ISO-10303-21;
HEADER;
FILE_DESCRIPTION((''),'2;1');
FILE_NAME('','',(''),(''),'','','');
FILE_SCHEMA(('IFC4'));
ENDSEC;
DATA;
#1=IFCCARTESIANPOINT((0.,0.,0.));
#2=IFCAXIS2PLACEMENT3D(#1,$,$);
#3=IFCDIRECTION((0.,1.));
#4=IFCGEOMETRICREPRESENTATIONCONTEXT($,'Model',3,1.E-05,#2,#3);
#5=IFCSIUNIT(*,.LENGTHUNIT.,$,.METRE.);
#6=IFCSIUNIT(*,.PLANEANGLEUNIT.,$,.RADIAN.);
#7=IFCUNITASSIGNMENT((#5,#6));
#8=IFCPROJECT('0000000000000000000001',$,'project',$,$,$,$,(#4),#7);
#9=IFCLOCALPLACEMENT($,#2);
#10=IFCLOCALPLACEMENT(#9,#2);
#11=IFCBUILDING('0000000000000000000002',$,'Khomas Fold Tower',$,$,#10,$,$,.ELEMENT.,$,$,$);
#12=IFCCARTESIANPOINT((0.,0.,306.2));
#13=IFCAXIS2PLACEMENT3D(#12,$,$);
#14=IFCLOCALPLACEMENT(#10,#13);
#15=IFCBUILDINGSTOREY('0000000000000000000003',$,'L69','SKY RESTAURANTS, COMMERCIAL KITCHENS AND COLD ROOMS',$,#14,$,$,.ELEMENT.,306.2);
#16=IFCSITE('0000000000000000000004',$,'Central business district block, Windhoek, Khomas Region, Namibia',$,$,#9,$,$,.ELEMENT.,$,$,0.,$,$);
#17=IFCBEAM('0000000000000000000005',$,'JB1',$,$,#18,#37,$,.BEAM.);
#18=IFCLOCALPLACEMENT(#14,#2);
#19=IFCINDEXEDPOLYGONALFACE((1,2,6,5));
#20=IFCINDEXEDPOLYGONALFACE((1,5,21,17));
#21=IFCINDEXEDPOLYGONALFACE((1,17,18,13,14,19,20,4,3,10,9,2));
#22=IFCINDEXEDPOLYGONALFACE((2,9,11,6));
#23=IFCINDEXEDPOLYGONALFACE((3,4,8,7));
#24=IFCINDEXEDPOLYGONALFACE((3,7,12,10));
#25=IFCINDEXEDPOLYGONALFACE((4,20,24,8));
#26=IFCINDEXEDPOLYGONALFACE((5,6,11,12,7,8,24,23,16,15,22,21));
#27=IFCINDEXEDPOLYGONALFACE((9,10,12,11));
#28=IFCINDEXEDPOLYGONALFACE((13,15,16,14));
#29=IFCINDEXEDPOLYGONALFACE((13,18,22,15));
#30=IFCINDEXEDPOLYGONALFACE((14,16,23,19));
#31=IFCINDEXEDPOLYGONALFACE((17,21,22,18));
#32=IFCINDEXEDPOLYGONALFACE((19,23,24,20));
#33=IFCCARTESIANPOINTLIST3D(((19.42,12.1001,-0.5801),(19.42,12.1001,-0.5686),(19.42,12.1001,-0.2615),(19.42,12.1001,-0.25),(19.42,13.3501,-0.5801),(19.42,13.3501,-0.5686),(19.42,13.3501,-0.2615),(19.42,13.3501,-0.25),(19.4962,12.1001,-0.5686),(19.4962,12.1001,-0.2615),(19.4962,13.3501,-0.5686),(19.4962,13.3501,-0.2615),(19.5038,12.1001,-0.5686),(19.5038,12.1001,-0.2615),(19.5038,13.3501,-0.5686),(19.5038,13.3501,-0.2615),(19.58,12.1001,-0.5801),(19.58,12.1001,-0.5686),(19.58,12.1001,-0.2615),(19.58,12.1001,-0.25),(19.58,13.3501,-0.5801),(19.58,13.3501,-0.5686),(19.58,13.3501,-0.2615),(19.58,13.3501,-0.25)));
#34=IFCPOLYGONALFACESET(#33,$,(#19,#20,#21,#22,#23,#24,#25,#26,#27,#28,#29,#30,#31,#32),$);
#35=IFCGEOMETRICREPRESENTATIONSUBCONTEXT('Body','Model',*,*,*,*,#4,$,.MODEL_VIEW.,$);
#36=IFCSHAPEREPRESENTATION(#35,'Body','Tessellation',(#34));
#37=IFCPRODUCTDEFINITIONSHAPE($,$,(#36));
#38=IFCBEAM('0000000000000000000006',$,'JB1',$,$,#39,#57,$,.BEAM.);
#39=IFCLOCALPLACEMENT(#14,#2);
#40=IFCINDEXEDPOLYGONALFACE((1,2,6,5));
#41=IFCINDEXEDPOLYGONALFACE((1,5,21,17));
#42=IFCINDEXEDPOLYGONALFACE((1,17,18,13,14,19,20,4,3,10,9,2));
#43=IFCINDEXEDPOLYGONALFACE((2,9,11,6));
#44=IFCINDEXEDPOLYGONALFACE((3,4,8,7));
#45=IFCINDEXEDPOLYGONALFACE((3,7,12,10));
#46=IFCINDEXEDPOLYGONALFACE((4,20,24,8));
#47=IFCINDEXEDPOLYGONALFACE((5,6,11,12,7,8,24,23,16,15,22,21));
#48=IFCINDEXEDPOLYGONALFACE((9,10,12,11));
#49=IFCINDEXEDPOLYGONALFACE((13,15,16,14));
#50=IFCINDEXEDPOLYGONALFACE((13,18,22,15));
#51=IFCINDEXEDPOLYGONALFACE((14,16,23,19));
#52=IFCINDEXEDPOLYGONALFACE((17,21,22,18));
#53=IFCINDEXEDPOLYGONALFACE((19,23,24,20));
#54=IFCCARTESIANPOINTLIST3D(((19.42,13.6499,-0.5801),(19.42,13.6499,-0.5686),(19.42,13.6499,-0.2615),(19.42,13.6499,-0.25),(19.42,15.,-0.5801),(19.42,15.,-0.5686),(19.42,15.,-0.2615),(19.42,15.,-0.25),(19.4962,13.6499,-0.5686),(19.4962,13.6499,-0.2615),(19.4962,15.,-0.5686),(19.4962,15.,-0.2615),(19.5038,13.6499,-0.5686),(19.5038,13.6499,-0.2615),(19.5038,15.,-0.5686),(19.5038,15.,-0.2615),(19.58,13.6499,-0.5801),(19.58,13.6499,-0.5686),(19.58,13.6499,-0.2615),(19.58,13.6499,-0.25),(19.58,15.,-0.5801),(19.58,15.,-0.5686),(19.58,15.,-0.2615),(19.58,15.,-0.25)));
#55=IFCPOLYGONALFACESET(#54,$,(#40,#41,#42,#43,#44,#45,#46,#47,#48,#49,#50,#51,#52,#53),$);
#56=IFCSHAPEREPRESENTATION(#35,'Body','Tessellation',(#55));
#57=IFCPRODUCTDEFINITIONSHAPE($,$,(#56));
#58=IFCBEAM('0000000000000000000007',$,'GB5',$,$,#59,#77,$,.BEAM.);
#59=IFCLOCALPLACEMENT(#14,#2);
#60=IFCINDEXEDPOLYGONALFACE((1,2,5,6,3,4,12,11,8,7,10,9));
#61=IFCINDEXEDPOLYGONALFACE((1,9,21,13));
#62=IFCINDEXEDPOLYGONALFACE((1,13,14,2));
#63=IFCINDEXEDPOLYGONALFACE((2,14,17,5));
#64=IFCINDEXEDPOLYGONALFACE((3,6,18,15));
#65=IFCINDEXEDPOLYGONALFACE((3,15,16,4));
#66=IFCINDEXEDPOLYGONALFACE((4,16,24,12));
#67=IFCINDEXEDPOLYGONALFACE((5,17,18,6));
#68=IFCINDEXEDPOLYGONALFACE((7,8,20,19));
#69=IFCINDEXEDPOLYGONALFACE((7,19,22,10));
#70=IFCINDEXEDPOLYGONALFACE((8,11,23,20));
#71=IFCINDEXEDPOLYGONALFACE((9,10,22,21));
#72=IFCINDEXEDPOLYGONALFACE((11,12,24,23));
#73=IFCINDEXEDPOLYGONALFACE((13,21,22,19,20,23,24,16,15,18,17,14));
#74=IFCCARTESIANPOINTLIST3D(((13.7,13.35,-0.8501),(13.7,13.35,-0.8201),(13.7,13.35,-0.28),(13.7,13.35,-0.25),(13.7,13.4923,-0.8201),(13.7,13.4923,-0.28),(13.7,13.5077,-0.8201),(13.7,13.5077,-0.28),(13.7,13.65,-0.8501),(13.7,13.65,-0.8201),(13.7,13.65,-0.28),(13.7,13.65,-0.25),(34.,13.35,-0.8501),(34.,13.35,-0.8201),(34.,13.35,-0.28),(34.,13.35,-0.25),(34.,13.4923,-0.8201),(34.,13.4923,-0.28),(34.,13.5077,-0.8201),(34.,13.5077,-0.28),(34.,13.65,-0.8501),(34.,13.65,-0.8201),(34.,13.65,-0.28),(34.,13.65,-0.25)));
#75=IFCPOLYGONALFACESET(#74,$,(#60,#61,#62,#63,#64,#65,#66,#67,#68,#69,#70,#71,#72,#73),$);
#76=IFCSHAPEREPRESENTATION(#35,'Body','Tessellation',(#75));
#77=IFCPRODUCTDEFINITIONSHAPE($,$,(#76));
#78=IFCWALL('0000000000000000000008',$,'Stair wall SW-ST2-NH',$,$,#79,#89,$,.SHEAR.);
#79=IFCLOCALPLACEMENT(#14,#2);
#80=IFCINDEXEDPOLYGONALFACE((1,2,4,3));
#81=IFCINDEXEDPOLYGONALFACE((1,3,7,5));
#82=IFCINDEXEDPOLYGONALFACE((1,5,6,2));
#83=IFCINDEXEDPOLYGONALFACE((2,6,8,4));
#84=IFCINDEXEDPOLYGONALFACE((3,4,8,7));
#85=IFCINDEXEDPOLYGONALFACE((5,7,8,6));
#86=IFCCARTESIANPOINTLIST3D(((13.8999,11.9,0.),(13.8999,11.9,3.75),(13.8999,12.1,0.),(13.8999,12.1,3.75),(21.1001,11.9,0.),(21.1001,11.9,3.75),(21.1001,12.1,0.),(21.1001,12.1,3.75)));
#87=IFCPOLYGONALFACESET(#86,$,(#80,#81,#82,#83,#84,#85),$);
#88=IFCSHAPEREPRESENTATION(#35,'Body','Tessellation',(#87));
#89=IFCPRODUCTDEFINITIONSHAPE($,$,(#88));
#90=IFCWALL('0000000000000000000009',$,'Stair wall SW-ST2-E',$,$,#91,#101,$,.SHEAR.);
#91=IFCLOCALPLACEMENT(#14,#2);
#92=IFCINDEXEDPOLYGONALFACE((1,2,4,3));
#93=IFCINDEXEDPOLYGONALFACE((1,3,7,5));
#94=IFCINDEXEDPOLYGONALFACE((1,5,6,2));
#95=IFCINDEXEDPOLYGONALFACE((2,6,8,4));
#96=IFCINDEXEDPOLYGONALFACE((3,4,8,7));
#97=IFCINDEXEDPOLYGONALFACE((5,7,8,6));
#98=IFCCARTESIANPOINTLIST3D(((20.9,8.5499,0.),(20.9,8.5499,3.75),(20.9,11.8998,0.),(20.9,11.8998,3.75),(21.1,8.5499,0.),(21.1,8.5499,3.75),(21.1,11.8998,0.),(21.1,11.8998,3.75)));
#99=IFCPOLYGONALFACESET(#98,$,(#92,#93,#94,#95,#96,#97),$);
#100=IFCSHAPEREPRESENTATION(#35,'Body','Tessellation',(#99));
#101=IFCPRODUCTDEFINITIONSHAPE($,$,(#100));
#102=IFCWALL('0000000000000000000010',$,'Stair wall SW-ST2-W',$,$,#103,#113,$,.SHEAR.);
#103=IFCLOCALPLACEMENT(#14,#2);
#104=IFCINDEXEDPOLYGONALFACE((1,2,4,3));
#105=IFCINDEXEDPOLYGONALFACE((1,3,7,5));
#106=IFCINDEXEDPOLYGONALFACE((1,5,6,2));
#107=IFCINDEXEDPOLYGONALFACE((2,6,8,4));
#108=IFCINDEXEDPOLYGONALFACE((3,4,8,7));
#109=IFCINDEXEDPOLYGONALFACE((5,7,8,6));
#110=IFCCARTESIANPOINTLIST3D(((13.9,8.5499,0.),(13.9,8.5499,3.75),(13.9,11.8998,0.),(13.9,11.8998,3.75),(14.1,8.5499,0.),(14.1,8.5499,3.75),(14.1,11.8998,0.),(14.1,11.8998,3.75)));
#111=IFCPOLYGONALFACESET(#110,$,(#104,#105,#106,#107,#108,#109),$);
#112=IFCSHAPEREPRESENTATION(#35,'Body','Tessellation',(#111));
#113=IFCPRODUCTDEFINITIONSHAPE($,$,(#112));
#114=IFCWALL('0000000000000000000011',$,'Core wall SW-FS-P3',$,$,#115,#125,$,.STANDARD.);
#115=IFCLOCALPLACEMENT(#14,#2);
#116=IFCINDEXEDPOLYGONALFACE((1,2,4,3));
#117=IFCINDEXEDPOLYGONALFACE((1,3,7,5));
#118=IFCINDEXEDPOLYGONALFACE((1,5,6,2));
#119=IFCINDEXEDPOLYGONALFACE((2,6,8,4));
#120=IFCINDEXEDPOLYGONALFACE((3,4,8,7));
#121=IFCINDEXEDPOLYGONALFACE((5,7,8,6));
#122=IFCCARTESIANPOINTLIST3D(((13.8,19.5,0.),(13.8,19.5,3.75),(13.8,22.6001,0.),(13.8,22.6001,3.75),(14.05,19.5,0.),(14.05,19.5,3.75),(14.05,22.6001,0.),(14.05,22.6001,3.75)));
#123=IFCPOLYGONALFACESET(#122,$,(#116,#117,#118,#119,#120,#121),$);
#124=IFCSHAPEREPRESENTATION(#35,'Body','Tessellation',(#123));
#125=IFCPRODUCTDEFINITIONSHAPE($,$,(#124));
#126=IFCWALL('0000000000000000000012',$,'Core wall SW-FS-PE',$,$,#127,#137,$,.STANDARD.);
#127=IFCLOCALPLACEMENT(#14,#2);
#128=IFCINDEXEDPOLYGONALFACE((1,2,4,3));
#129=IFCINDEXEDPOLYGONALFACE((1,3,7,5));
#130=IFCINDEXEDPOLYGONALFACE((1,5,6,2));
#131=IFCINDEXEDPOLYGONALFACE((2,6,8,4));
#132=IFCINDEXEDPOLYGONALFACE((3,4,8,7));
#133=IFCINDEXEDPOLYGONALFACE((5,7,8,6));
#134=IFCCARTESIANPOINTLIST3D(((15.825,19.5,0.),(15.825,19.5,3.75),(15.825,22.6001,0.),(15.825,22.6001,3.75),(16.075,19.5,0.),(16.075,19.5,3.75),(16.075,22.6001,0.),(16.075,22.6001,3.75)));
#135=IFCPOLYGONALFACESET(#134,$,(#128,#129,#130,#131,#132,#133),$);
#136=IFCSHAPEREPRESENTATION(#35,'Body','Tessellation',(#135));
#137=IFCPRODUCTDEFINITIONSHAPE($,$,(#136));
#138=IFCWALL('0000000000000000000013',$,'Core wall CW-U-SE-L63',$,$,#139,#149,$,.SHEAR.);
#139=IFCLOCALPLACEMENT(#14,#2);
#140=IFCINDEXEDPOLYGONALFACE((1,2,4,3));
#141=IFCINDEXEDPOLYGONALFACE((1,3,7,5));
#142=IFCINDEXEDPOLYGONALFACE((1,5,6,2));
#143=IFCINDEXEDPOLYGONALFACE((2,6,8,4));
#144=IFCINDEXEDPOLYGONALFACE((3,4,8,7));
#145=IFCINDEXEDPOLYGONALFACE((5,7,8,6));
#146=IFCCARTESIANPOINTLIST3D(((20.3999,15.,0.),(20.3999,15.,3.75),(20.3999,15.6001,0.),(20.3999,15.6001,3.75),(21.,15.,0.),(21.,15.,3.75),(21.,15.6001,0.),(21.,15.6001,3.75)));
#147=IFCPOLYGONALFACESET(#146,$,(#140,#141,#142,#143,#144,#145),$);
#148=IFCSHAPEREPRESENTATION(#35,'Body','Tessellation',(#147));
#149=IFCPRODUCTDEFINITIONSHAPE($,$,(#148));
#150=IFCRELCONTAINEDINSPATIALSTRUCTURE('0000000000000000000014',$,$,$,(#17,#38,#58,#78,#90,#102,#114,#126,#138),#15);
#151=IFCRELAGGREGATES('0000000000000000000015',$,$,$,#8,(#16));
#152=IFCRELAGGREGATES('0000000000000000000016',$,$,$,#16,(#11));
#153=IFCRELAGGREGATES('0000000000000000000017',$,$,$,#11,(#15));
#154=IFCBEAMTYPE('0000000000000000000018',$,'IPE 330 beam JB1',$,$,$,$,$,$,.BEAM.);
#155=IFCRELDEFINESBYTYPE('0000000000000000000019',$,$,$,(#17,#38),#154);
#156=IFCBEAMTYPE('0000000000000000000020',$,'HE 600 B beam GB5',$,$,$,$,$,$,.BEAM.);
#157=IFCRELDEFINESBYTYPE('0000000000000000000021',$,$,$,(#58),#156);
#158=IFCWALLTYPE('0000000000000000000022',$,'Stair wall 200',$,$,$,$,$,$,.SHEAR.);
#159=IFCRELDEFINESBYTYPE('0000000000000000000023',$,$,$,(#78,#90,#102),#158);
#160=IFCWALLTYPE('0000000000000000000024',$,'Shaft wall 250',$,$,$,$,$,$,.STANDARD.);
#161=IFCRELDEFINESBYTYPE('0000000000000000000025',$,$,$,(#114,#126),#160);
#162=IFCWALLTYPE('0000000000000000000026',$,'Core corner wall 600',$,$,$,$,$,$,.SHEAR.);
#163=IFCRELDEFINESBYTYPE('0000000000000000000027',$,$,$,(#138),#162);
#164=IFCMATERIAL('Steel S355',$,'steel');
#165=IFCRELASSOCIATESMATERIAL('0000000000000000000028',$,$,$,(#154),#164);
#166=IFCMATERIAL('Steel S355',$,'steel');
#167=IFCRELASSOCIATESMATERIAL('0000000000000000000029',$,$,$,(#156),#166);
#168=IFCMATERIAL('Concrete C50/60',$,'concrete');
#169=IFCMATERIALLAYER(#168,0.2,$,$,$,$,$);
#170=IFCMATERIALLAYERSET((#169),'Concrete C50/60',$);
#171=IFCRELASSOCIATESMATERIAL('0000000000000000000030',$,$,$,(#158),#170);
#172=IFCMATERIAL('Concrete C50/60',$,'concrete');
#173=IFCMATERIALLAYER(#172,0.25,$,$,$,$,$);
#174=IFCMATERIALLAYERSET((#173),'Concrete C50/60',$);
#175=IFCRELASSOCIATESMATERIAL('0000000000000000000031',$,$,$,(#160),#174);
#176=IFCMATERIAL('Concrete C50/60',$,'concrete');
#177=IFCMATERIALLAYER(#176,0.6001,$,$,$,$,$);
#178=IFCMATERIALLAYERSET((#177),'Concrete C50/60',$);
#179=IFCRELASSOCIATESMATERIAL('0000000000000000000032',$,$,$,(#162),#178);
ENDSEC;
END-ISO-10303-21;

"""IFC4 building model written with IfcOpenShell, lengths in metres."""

from ifc_helpers import new_model, si_unit, direction, frame, frame_2d, origin, origin_2d, place, context, subcontext, project, spatial, rectangle, i_section, extrude, source, transform, mapped, material, layer, layer_set, material_profile, profile_set, type_object, element, save


model = new_model("IFC4")

# Units and contexts
model_context = context("Model", 3, precision=1e-05, world=origin(), true_north=direction((0.0, 1.0)))
body_context = subcontext(model_context, "Body", "Model", "MODEL_VIEW")
ifc_project = project(units=[si_unit("LENGTHUNIT", "METRE"), si_unit("PLANEANGLEUNIT", "RADIAN")], contexts=[model_context])

# Site, building, storey
site_placement = place(None, origin())
site = spatial("IfcSite", under=ifc_project, at=site_placement, Name="Central business district block, Windhoek, Khomas Region, Namibia", CompositionType="ELEMENT", RefElevation=0.0)
building_placement = place(site_placement, origin())
building = spatial("IfcBuilding", under=site, at=building_placement, Name="Khomas Fold Tower", CompositionType="ELEMENT")
storey_placement = place(building_placement, frame((0.0, 0.0, 306.2)))
storey = spatial("IfcBuildingStorey", under=building, at=storey_placement, Name="L69", Description="SKY RESTAURANTS, COMMERCIAL KITCHENS AND COLD ROOMS", CompositionType="ELEMENT", Elevation=306.2)

# Beams
ifc_material_1 = material(Name="Steel S355", Category="steel")
ifc_material_profile_1 = material_profile(ifc_material_1, i_section(OverallWidth=0.1599, OverallDepth=0.3301, WebThickness=0.0076, FlangeThickness=0.0115, at=origin_2d()), Name="IPE 330")
ifc_profile_set_1 = profile_set([ifc_material_profile_1], Name="Steel S355")
beam_type_1 = type_object("IfcBeamType", Name="IPE 330 beam JB1", PredefinedType="BEAM", material=ifc_profile_set_1)
shared_shape_1 = source(origin(), body_context, "Body", "SweptSolid", [
    extrude(i_section(OverallWidth=0.1599, OverallDepth=0.3301, WebThickness=0.0076, FlangeThickness=0.0115, at=origin_2d()), origin(), (0.0, 0.0, 1.0), 1.25),
])
beam_1_placement = place(storey_placement, frame((19.5, 12.1001, -0.415), z_axis=(0.0, 1.0, 0.0), x_axis=(-1.0, 0.0, 0.0)))
element("IfcBeam", 1, at=beam_1_placement, inside=storey, type_object=beam_type_1, Name="JB1", PredefinedType="BEAM", context=body_context, shape_type="MappedRepresentation", body=[
    mapped(shared_shape_1, transform((0.0, 0.0, 0.0))),
])
shared_shape_2 = source(origin(), body_context, "Body", "SweptSolid", [
    extrude(i_section(OverallWidth=0.1599, OverallDepth=0.3301, WebThickness=0.0076, FlangeThickness=0.0115, at=origin_2d()), origin(), (0.0, 0.0, 1.0), 1.3501),
])
beam_2_placement = place(storey_placement, frame((19.5, 13.6499, -0.415), z_axis=(0.0, 1.0, 0.0), x_axis=(-1.0, 0.0, 0.0)))
element("IfcBeam", 2, at=beam_2_placement, inside=storey, type_object=beam_type_1, Name="JB1", PredefinedType="BEAM", context=body_context, shape_type="MappedRepresentation", body=[
    mapped(shared_shape_2, transform((0.0, 0.0, 0.0))),
])
ifc_material_2 = material(Name="Steel S355", Category="steel")
ifc_material_profile_2 = material_profile(ifc_material_2, i_section(OverallWidth=0.3, OverallDepth=0.6001, WebThickness=0.0154, FlangeThickness=0.03, at=origin_2d()), Name="HE 600 B")
ifc_profile_set_2 = profile_set([ifc_material_profile_2], Name="Steel S355")
beam_type_2 = type_object("IfcBeamType", Name="HE 600 B beam GB5", PredefinedType="BEAM", material=ifc_profile_set_2)
shared_shape_3 = source(origin(), body_context, "Body", "SweptSolid", [
    extrude(i_section(OverallWidth=0.3, OverallDepth=0.6001, WebThickness=0.0154, FlangeThickness=0.03, at=origin_2d()), origin(), (0.0, 0.0, 1.0), 20.3),
])
beam_3_placement = place(storey_placement, frame((13.7, 13.5, -0.55), z_axis=(1.0, 0.0, 0.0), x_axis=(0.0, 1.0, 0.0)))
element("IfcBeam", 3, at=beam_3_placement, inside=storey, type_object=beam_type_2, Name="GB5", PredefinedType="BEAM", context=body_context, shape_type="MappedRepresentation", body=[
    mapped(shared_shape_3, transform((0.0, 0.0, 0.0))),
])

# Walls
ifc_material_3 = material(Name="Concrete C50/60", Category="concrete")
ifc_layer_1 = layer(ifc_material_3, 0.2)
ifc_layer_set_1 = layer_set([ifc_layer_1], Name="Concrete C50/60")
wall_type_1 = type_object("IfcWallType", Name="Stair wall 200", PredefinedType="SHEAR", material=ifc_layer_set_1)
shared_shape_4 = source(origin(), body_context, "Body", "SweptSolid", [
    extrude(rectangle(XDim=7.2002, YDim=0.2, at=frame_2d((3.6001, 0.0))), origin(), (0.0, 0.0, 1.0), 3.75),
])
wall_1_placement = place(storey_placement, frame((13.8999, 12.0, 0.0), z_axis=(0.0, 0.0, 1.0), x_axis=(1.0, 0.0, 0.0)))
element("IfcWall", 4, at=wall_1_placement, inside=storey, type_object=wall_type_1, Name="Stair wall SW-ST2-NH", PredefinedType="SHEAR", context=body_context, shape_type="MappedRepresentation", body=[
    mapped(shared_shape_4, transform((0.0, 0.0, 0.0))),
])
shared_shape_5 = source(origin(), body_context, "Body", "SweptSolid", [
    extrude(rectangle(XDim=3.3499, YDim=0.2, at=frame_2d((1.6748, 0.0))), origin(), (0.0, 0.0, 1.0), 3.75),
])
for number, where, z_axis, x_axis, name in (
    (5, (21.0, 8.55, 0.0), (0.0, 0.0, 1.0), (0.0, 1.0, 0.0), "Stair wall SW-ST2-E"),
    (6, (14.0, 8.55, 0.0), (0.0, 0.0, 1.0), (0.0, 1.0, 0.0), "Stair wall SW-ST2-W"),
):
    element("IfcWall", number, at=place(storey_placement, frame(where, z_axis=z_axis, x_axis=x_axis)), inside=storey, type_object=wall_type_1, Name=name, PredefinedType="SHEAR", context=body_context, shape_type="MappedRepresentation", body=[
        mapped(shared_shape_5, transform((0.0, 0.0, 0.0))),
    ])
ifc_material_4 = material(Name="Concrete C50/60", Category="concrete")
ifc_layer_2 = layer(ifc_material_4, 0.25)
ifc_layer_set_2 = layer_set([ifc_layer_2], Name="Concrete C50/60")
wall_type_2 = type_object("IfcWallType", Name="Shaft wall 250", PredefinedType="STANDARD", material=ifc_layer_set_2)
shared_shape_6 = source(origin(), body_context, "Body", "SweptSolid", [
    extrude(rectangle(XDim=3.1001, YDim=0.25, at=frame_2d((1.55, 0.0))), origin(), (0.0, 0.0, 1.0), 3.75),
])
for number, where, z_axis, x_axis, name in (
    (7, (13.925, 19.5, 0.0), (0.0, 0.0, 1.0), (0.0, 1.0, 0.0), "Core wall SW-FS-P3"),
    (8, (15.95, 19.5, 0.0), (0.0, 0.0, 1.0), (0.0, 1.0, 0.0), "Core wall SW-FS-PE"),
):
    element("IfcWall", number, at=place(storey_placement, frame(where, z_axis=z_axis, x_axis=x_axis)), inside=storey, type_object=wall_type_2, Name=name, PredefinedType="STANDARD", context=body_context, shape_type="MappedRepresentation", body=[
        mapped(shared_shape_6, transform((0.0, 0.0, 0.0))),
    ])
ifc_material_5 = material(Name="Concrete C50/60", Category="concrete")
ifc_layer_3 = layer(ifc_material_5, 0.6001)
ifc_layer_set_3 = layer_set([ifc_layer_3], Name="Concrete C50/60")
wall_type_3 = type_object("IfcWallType", Name="Core corner wall 600", PredefinedType="SHEAR", material=ifc_layer_set_3)
shared_shape_7 = source(origin(), body_context, "Body", "SweptSolid", [
    extrude(rectangle(XDim=0.6001, YDim=0.6001, at=frame_2d((0.3, 0.0))), origin(), (0.0, 0.0, 1.0), 3.75),
])
wall_2_placement = place(storey_placement, frame((20.3999, 15.3, 0.0), z_axis=(0.0, 0.0, 1.0), x_axis=(1.0, 0.0, 0.0)))
element("IfcWall", 9, at=wall_2_placement, inside=storey, type_object=wall_type_3, Name="Core wall CW-U-SE-L63", PredefinedType="SHEAR", context=body_context, shape_type="MappedRepresentation", body=[
    mapped(shared_shape_7, transform((0.0, 0.0, 0.0))),
])

save(model, "model.ifc")
